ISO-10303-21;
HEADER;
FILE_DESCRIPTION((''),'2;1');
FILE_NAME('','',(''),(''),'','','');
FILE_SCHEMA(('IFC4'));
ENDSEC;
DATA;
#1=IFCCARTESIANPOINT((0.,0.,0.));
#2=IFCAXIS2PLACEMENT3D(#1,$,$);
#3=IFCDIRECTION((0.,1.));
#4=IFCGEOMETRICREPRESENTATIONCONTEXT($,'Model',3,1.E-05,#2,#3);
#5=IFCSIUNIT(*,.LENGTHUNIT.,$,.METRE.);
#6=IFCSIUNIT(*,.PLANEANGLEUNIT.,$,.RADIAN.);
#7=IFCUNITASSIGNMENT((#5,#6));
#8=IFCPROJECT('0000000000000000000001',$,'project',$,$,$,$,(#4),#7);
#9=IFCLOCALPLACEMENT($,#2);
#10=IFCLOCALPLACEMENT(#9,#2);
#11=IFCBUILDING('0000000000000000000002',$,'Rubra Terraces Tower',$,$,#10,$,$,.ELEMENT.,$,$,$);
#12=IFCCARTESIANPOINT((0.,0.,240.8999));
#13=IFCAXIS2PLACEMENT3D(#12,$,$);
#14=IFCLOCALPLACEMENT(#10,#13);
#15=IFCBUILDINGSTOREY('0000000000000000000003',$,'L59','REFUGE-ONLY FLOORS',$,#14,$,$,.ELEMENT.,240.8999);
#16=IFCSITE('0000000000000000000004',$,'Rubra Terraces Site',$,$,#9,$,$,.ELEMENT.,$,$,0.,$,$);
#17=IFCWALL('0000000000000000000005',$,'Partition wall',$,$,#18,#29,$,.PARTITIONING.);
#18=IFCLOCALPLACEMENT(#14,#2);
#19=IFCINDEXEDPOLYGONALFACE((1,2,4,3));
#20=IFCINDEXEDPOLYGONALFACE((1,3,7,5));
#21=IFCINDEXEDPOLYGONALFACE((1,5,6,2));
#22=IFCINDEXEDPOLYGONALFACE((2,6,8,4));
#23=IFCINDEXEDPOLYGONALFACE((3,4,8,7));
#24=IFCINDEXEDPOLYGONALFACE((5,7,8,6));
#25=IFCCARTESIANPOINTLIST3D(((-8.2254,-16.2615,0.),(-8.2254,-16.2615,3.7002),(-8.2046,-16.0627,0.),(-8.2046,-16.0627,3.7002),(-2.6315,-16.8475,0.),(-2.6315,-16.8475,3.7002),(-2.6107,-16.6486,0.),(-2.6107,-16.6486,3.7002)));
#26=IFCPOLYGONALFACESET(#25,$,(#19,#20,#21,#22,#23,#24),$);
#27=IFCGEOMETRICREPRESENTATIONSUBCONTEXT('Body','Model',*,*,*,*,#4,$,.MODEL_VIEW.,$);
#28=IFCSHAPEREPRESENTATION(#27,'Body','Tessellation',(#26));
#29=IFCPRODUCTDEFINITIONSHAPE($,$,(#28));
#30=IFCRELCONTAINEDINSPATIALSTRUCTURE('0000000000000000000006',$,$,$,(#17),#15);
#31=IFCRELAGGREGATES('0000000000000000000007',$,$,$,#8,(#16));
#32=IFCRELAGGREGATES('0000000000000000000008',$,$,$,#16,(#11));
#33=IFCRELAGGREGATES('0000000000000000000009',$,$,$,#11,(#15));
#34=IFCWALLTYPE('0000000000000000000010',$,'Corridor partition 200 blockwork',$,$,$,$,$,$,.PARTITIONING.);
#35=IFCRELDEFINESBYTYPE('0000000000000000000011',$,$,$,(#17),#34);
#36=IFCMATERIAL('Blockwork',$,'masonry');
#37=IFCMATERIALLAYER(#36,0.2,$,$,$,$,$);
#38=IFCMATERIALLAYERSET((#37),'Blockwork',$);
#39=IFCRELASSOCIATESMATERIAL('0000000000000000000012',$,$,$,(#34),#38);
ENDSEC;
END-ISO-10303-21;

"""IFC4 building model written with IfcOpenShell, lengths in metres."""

from ifc_helpers import new_model, si_unit, direction, frame, frame_2d, origin, place, context, subcontext, project, spatial, rectangle, extrude, material, layer, layer_set, type_object, element, save


model = new_model("IFC4")

# Units and contexts
model_context = context("Model", 3, precision=1e-05, world=origin(), true_north=direction((0.0, 1.0)))
body_context = subcontext(model_context, "Body", "Model", "MODEL_VIEW")
ifc_project = project(units=[si_unit("LENGTHUNIT", "METRE"), si_unit("PLANEANGLEUNIT", "RADIAN")], contexts=[model_context])

# Site, building, storey
site_placement = place(None, origin())
site = spatial("IfcSite", under=ifc_project, at=site_placement, Name="Rubra Terraces Site", CompositionType="ELEMENT", RefElevation=0.0)
building_placement = place(site_placement, origin())
building = spatial("IfcBuilding", under=site, at=building_placement, Name="Rubra Terraces Tower", CompositionType="ELEMENT")
storey_placement = place(building_placement, frame((0.0, 0.0, 240.8999)))
storey = spatial("IfcBuildingStorey", under=building, at=storey_placement, Name="L59", Description="REFUGE-ONLY FLOORS", CompositionType="ELEMENT", Elevation=240.8999)

# Wall
ifc_material_1 = material(Name="Blockwork", Category="masonry")
ifc_layer_1 = layer(ifc_material_1, 0.2)
ifc_layer_set_1 = layer_set([ifc_layer_1], Name="Blockwork")
wall_type_1 = type_object("IfcWallType", Name="Corridor partition 200 blockwork", PredefinedType="PARTITIONING", material=ifc_layer_set_1)
wall_1_placement = place(storey_placement, frame((-2.6211, -16.748, 0.0), z_axis=(0.0, 0.0, 1.0), x_axis=(-0.994559, 0.104174, 0.0)))
element("IfcWall", 1, at=wall_1_placement, inside=storey, type_object=wall_type_1, Name="Partition wall", PredefinedType="PARTITIONING", context=body_context, shape_type="SweptSolid", body=[
    extrude(rectangle(XDim=5.6245, YDim=0.2, at=frame_2d((2.8123, 0.0))), origin(), (0.0, 0.0, 1.0), 3.7002),
])

save(model, "model.ifc")
